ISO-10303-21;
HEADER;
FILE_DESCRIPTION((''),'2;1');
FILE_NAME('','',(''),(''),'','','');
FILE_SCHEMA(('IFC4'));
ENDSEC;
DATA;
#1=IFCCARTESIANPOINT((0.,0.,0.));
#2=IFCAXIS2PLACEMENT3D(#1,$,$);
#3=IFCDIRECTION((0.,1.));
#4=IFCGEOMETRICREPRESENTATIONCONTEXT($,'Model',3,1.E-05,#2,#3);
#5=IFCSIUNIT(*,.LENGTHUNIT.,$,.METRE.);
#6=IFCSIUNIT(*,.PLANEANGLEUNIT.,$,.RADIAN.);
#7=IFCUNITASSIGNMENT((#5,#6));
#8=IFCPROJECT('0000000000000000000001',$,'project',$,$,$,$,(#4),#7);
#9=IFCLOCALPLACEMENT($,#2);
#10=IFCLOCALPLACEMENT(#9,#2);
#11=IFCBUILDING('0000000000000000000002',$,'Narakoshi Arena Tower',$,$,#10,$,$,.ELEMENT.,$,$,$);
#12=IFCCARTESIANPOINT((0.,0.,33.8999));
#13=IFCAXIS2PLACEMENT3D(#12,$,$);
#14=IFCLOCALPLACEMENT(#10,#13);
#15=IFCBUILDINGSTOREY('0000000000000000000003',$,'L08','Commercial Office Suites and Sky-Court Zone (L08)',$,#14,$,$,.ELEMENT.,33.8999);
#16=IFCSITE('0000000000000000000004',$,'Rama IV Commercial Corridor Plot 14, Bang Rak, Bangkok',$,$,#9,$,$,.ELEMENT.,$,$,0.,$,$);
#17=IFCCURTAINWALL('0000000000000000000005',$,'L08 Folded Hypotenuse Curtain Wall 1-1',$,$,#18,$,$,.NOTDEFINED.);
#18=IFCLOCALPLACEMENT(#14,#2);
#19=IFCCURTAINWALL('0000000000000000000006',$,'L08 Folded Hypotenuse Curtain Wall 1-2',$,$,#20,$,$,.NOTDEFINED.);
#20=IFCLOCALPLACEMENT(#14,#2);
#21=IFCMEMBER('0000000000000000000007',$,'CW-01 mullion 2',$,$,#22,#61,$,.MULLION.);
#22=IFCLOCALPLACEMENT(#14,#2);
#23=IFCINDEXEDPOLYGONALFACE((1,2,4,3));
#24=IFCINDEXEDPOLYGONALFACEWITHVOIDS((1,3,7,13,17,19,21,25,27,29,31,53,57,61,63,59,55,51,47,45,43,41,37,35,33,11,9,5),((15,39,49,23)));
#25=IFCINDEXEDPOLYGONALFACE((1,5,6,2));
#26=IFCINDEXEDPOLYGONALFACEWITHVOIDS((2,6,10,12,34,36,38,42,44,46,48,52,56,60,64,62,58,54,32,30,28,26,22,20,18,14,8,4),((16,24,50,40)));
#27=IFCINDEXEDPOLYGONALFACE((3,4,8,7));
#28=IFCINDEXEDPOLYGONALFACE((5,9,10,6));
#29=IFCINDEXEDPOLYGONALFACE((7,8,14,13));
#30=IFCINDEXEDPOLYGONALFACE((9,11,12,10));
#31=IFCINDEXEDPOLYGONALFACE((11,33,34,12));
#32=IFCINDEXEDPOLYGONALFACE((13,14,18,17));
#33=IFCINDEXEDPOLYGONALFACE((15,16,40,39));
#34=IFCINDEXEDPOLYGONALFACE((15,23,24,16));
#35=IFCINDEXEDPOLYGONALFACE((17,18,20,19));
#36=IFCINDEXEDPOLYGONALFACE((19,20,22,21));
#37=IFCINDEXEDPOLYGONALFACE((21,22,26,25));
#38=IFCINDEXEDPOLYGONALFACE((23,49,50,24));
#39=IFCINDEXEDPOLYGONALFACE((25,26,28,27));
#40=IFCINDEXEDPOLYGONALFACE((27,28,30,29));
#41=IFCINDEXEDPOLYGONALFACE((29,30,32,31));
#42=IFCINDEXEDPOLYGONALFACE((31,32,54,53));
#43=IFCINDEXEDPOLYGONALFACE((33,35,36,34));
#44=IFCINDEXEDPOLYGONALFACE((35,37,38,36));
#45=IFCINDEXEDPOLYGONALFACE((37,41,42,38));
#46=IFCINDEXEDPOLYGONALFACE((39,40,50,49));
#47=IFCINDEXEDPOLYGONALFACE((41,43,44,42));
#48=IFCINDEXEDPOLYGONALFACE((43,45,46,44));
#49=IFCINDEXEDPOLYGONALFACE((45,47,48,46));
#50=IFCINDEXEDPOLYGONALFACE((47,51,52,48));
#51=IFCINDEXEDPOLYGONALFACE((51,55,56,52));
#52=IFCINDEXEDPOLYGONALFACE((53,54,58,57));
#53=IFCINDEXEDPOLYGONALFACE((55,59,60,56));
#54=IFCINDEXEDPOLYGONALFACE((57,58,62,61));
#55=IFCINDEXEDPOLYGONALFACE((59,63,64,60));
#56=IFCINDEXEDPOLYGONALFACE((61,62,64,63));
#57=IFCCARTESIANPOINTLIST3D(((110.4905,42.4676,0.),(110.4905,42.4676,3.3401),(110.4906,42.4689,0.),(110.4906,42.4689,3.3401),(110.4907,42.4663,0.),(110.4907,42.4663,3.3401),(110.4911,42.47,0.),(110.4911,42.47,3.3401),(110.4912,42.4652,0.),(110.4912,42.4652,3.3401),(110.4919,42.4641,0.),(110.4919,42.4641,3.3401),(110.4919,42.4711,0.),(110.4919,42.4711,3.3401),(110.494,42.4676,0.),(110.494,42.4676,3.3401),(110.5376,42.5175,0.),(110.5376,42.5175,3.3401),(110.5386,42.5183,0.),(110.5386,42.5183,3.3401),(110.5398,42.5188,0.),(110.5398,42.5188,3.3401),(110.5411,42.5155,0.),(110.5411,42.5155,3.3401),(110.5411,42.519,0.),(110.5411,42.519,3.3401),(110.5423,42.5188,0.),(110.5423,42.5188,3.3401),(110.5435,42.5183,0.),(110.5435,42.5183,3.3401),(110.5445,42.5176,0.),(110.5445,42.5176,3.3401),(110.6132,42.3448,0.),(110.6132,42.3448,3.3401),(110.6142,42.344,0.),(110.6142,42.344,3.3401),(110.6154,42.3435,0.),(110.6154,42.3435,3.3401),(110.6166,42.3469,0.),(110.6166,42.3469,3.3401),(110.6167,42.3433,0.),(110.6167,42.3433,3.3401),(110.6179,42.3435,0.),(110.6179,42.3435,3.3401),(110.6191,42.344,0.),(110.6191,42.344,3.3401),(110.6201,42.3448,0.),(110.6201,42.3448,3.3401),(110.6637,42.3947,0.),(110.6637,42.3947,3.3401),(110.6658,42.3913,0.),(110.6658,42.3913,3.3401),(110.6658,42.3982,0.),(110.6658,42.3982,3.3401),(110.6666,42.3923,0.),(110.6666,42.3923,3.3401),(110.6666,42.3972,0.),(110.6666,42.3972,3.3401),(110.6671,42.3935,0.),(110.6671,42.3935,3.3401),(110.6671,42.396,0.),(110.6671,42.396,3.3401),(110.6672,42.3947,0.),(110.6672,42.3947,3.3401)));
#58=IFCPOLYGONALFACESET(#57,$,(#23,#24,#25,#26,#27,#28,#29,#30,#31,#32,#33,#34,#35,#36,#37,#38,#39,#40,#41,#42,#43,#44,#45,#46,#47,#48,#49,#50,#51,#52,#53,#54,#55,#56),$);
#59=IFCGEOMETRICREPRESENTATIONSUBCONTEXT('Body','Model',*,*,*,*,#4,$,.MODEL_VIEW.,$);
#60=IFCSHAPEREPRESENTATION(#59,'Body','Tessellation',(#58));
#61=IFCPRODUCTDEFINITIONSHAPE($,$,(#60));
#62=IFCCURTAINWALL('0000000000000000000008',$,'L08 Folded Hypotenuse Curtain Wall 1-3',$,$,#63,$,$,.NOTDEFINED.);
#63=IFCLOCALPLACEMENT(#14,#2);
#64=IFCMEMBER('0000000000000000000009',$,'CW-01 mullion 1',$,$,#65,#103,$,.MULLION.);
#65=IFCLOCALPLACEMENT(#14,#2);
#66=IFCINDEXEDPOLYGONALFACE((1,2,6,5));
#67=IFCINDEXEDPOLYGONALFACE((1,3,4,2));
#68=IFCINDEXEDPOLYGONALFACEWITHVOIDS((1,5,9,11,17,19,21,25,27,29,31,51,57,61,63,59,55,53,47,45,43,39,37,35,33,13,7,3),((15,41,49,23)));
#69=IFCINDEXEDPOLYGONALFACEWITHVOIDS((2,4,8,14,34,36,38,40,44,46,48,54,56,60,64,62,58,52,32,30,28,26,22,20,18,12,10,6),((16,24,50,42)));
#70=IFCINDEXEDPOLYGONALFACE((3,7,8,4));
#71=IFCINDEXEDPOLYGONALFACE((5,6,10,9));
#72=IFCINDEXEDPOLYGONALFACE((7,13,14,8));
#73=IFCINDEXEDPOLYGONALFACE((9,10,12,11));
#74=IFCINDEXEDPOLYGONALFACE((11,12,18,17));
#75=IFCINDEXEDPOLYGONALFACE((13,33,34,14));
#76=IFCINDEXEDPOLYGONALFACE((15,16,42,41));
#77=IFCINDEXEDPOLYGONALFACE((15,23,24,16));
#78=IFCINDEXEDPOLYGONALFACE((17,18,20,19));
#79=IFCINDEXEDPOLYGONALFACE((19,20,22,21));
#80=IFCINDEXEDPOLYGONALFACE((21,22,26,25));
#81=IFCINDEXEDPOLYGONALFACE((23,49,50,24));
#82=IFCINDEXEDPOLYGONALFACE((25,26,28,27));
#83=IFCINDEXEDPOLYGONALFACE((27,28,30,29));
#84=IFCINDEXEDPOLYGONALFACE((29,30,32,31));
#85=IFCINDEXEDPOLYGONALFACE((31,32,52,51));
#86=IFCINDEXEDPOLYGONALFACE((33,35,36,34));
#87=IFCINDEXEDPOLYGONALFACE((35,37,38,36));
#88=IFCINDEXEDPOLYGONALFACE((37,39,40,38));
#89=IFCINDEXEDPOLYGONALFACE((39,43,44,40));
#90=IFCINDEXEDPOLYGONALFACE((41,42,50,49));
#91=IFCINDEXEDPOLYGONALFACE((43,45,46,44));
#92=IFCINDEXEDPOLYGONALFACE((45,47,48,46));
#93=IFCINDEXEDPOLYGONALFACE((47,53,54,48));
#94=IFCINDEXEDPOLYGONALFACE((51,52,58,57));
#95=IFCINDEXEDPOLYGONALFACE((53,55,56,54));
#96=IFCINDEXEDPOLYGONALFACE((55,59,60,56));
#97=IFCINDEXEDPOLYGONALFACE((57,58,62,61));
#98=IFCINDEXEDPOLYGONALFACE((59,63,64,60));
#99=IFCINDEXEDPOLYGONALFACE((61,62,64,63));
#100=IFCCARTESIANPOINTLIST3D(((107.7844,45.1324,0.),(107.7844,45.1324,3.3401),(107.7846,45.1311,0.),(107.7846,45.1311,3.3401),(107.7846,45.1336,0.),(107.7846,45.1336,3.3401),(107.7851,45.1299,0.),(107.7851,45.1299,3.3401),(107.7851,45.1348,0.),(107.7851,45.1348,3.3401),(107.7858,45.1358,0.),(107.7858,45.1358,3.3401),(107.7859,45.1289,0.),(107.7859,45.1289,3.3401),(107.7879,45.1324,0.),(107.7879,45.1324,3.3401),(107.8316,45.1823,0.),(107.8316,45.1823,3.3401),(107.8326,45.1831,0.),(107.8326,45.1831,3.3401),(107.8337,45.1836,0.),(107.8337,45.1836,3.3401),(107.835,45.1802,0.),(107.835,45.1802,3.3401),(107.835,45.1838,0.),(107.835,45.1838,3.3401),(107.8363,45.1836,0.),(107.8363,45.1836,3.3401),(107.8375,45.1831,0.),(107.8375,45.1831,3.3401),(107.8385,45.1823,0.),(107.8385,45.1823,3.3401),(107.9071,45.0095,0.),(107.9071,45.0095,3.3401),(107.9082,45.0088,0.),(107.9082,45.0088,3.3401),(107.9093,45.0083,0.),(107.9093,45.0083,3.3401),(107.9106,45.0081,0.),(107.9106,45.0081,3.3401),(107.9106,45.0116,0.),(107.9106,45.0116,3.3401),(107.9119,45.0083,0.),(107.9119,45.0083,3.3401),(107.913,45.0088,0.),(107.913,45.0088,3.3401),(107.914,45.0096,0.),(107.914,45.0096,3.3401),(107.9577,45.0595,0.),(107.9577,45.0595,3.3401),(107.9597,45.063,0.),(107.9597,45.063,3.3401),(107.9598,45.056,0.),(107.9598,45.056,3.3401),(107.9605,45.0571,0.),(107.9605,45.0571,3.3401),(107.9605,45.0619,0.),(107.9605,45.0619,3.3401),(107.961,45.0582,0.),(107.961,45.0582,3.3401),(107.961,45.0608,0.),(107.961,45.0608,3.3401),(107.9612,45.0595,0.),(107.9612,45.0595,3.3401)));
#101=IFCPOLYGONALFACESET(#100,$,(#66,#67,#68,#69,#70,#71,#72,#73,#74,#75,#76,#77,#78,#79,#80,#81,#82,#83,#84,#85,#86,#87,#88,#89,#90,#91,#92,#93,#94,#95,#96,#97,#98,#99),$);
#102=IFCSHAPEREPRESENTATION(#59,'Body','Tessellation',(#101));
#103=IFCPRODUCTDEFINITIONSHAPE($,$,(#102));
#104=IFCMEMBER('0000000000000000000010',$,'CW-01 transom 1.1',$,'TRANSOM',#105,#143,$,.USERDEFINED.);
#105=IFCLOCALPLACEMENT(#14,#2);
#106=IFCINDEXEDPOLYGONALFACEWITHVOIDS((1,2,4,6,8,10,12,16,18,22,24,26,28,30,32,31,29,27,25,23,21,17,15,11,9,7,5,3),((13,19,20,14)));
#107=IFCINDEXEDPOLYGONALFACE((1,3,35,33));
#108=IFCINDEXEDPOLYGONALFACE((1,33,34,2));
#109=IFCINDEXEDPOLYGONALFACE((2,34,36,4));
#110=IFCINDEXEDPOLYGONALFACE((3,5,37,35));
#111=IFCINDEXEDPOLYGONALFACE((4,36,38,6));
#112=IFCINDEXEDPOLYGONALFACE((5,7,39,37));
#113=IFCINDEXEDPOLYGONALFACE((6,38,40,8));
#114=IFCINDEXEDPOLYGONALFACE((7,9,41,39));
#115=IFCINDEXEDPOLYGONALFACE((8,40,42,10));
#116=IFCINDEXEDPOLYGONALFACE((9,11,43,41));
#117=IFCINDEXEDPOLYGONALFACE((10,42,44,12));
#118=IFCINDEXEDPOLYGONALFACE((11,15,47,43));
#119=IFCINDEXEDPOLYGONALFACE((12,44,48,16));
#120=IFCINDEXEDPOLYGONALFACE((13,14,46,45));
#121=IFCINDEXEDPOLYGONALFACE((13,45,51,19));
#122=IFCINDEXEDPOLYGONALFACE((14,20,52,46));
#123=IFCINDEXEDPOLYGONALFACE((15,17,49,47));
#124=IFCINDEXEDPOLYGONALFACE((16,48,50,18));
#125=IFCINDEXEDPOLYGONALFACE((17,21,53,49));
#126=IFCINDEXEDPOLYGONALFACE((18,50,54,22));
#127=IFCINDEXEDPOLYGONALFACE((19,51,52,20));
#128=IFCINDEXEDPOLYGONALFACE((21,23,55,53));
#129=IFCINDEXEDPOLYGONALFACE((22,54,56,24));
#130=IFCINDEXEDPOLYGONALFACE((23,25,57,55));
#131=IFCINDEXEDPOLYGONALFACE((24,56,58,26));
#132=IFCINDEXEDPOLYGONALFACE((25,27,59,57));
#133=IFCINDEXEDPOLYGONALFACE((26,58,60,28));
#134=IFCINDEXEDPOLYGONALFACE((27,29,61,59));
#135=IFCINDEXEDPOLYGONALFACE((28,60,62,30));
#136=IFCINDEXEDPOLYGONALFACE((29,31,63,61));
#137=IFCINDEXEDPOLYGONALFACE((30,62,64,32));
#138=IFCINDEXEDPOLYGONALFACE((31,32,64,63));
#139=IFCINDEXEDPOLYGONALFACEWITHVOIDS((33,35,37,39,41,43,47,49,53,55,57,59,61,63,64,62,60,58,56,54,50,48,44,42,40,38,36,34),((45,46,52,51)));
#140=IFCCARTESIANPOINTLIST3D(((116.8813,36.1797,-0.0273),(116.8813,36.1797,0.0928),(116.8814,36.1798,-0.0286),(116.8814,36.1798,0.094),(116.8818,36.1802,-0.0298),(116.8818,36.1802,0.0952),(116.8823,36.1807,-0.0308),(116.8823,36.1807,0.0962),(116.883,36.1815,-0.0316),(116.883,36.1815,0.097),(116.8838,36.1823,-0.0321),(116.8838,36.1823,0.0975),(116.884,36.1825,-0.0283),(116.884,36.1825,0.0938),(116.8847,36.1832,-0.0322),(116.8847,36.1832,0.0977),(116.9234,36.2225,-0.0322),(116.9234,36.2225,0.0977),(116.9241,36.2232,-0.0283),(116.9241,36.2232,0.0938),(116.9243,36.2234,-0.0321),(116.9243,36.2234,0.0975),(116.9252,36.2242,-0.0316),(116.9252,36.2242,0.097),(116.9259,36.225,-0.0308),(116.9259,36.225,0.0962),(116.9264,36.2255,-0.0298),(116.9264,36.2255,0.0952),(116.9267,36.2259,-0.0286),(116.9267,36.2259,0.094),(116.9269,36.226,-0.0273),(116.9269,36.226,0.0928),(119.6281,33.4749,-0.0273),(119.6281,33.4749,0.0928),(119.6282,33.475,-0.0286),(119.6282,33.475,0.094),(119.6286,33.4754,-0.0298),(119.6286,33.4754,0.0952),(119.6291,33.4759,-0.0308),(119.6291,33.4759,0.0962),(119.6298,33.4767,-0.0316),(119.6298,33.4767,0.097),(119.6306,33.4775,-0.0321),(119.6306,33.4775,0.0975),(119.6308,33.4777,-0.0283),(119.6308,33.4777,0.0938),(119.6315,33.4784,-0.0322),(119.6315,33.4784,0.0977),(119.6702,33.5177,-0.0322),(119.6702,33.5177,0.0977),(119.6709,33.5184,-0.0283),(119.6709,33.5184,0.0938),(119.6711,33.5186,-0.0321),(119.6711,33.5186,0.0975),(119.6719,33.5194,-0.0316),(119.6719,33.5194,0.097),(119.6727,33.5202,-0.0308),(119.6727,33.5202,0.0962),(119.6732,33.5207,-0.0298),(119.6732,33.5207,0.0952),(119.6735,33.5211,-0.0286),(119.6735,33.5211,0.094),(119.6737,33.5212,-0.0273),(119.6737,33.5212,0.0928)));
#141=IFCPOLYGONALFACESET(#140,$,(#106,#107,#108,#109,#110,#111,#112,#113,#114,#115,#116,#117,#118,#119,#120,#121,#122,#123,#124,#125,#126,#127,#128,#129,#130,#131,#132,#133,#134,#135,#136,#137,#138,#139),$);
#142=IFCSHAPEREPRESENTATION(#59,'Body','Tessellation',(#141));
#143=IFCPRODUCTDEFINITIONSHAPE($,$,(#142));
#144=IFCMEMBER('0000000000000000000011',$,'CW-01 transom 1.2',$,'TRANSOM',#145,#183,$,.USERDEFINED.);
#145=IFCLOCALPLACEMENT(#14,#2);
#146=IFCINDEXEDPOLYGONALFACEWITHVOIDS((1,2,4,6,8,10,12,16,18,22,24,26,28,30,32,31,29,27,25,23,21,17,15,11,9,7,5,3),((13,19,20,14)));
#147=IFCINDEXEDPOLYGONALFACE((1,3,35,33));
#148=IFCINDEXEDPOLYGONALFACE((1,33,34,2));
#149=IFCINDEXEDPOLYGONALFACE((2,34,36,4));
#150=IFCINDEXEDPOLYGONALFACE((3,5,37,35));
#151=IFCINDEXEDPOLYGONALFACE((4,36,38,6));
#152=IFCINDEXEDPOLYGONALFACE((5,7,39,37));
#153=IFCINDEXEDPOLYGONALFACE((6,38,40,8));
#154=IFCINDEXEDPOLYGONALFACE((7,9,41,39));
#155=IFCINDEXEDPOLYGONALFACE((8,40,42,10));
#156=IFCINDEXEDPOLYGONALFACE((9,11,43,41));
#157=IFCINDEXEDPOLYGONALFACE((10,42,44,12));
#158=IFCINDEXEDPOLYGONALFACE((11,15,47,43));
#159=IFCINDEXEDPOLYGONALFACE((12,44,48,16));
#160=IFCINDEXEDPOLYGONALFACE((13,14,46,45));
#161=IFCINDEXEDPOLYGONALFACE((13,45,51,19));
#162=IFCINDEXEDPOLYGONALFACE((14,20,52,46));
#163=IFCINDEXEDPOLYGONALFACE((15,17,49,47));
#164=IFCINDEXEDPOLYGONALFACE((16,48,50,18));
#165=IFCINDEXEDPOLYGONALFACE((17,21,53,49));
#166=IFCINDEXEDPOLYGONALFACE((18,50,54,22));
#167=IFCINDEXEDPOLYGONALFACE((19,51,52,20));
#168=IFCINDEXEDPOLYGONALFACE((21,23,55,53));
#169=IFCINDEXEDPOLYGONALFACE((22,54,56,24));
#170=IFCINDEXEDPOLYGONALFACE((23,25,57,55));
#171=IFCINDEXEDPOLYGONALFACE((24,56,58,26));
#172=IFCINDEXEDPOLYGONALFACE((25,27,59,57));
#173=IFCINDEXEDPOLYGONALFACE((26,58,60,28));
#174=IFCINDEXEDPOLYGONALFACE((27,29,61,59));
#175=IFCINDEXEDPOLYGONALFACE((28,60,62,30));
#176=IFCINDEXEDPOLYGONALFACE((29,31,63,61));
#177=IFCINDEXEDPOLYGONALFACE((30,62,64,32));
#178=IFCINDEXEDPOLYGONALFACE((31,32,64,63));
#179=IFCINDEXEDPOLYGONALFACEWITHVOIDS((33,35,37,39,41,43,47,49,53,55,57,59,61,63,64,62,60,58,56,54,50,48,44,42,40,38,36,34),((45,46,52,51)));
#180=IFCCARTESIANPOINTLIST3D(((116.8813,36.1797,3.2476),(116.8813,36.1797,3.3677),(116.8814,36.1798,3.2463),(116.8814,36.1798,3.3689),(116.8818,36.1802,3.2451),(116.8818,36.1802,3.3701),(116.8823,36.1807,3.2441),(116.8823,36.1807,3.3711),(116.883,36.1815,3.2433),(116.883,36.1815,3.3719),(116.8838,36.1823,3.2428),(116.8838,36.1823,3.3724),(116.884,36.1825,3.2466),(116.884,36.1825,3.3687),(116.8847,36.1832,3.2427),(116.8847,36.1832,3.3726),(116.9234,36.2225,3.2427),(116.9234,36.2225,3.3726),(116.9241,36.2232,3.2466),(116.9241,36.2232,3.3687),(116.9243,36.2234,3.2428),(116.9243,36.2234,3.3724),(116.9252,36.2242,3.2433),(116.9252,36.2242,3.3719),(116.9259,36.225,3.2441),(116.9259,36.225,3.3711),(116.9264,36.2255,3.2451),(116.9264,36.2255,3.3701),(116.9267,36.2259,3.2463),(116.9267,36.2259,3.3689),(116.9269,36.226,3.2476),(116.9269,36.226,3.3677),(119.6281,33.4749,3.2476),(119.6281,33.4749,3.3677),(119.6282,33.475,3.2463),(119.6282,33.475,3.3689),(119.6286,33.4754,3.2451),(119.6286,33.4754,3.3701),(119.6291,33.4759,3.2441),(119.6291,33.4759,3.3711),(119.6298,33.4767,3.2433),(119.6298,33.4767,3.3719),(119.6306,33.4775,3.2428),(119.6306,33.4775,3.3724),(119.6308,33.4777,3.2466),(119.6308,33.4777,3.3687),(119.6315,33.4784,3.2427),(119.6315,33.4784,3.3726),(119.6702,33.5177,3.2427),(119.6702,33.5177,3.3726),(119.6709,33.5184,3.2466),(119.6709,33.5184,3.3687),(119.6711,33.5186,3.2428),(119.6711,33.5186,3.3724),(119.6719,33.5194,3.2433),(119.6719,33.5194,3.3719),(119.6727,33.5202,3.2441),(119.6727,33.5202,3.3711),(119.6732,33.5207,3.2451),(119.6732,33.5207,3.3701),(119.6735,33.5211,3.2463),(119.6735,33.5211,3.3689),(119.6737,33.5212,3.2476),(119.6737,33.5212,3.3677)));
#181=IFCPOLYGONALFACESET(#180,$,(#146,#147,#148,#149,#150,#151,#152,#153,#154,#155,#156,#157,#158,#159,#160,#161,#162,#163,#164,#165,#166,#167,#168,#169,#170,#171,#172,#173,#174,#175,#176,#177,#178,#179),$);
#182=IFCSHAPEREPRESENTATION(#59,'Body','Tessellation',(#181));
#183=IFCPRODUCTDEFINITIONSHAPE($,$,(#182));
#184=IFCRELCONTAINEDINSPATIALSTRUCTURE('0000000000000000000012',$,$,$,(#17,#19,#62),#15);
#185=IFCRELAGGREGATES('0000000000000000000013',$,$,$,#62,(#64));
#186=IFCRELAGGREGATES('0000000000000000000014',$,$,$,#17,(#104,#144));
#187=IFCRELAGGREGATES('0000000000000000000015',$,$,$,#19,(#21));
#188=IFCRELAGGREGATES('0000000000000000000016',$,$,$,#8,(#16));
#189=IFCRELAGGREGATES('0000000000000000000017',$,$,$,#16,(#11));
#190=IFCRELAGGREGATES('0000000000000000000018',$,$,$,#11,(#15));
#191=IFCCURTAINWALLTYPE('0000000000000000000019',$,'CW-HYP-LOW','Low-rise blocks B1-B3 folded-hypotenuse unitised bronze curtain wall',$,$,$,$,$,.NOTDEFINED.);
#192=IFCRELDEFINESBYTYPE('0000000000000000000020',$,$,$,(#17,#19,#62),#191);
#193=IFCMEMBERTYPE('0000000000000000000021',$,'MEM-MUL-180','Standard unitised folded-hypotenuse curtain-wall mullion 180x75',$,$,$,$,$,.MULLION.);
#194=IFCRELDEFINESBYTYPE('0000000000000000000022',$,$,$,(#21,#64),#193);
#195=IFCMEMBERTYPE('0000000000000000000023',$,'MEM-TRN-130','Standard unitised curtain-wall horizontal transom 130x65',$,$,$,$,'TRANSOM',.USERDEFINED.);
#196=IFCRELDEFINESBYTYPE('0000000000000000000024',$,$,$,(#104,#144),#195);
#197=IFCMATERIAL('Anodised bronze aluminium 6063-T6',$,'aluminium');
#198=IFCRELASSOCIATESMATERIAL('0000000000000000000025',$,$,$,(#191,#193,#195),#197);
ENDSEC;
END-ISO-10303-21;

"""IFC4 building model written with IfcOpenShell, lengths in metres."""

from ifc_helpers import new_model, si_unit, direction, frame, origin, origin_2d, place, context, subcontext, project, spatial, hollow_rectangle, extrude, material, material_profile, profile_set, type_object, element, aggregate, save


model = new_model("IFC4")

# Units and contexts
model_context = context("Model", 3, precision=1e-05, world=origin(), true_north=direction((0.0, 1.0)))
body_context = subcontext(model_context, "Body", "Model", "MODEL_VIEW")
ifc_project = project(units=[si_unit("LENGTHUNIT", "METRE"), si_unit("PLANEANGLEUNIT", "RADIAN")], contexts=[model_context])

# Site, building, storey
site_placement = place(None, origin())
site = spatial("IfcSite", under=ifc_project, at=site_placement, Name="Rama IV Commercial Corridor Plot 14, Bang Rak, Bangkok", CompositionType="ELEMENT", RefElevation=0.0)
building_placement = place(site_placement, origin())
building = spatial("IfcBuilding", under=site, at=building_placement, Name="Narakoshi Arena Tower", CompositionType="ELEMENT")
storey_placement = place(building_placement, frame((0.0, 0.0, 33.8999)))
storey = spatial("IfcBuildingStorey", under=building, at=storey_placement, Name="L08", Description="Commercial Office Suites and Sky-Court Zone (L08)", CompositionType="ELEMENT", Elevation=33.8999)

# Curtain walls, member
ifc_material_1 = material(Name="Anodised bronze aluminium 6063-T6", Category="aluminium")
curtain_wall_type = type_object("IfcCurtainWallType", Name="CW-HYP-LOW", Description="Low-rise blocks B1-B3 folded-hypotenuse unitised bronze curtain wall", PredefinedType="NOTDEFINED", material=ifc_material_1)
curtain_wall_1_placement = place(storey_placement, origin())
curtain_wall_1 = element("IfcCurtainWall", 1, at=curtain_wall_1_placement, inside=storey, type_object=curtain_wall_type, Name="L08 Folded Hypotenuse Curtain Wall 1-1", PredefinedType="NOTDEFINED")
ifc_material_profile_1 = material_profile(ifc_material_1, hollow_rectangle(XDim=0.075, YDim=0.1799, WallThickness=0.0039, OuterFilletRadius=0.0049, at=origin_2d()), Name="MUL180x75x4")
ifc_profile_set_1 = profile_set([ifc_material_profile_1], Name="Anodised bronze aluminium 6063-T6")
member_type_1 = type_object("IfcMemberType", Name="MEM-MUL-180", Description="Standard unitised folded-hypotenuse curtain-wall mullion 180x75", PredefinedType="MULLION", material=ifc_profile_set_1)
curtain_wall_2_placement = place(storey_placement, origin())
curtain_wall_2 = element("IfcCurtainWall", 2, at=curtain_wall_2_placement, inside=storey, type_object=curtain_wall_type, Name="L08 Folded Hypotenuse Curtain Wall 1-2", PredefinedType="NOTDEFINED")
member_1_placement = place(storey_placement, frame((110.5789, 42.4312, 0.0), z_axis=(0.0, 0.0, 1.0), x_axis=(-0.701623, -0.712548, 0.0)))
member_1 = element("IfcMember", 3, at=member_1_placement, type_object=member_type_1, Name="CW-01 mullion 2", PredefinedType="MULLION", context=body_context, shape_type="SweptSolid", body=[
    extrude(hollow_rectangle(XDim=0.075, YDim=0.1799, WallThickness=0.0039, OuterFilletRadius=0.0049, at=origin_2d()), origin(), (0.0, 0.0, 1.0), 3.3401),
])

# Curtain wall, member
curtain_wall_3_placement = place(storey_placement, origin())
curtain_wall_3 = element("IfcCurtainWall", 4, at=curtain_wall_3_placement, inside=storey, type_object=curtain_wall_type, Name="L08 Folded Hypotenuse Curtain Wall 1-3", PredefinedType="NOTDEFINED")
member_2_placement = place(storey_placement, frame((107.8728, 45.0959, 0.0), z_axis=(0.0, 0.0, 1.0), x_axis=(-0.701633, -0.712539, 0.0)))
member_2 = element("IfcMember", 5, at=member_2_placement, type_object=member_type_1, Name="CW-01 mullion 1", PredefinedType="MULLION", context=body_context, shape_type="SweptSolid", body=[
    extrude(hollow_rectangle(XDim=0.075, YDim=0.1799, WallThickness=0.0039, OuterFilletRadius=0.0049, at=origin_2d()), origin(), (0.0, 0.0, 1.0), 3.3401),
])
aggregate(curtain_wall_3, [member_2])

# Members
ifc_material_profile_2 = material_profile(ifc_material_1, hollow_rectangle(XDim=0.0649, YDim=0.1299, WallThickness=0.0039, OuterFilletRadius=0.0049, at=origin_2d()), Name="TRN130x65x4")
ifc_profile_set_2 = profile_set([ifc_material_profile_2], Name="Anodised bronze aluminium 6063-T6")
member_type_2 = type_object("IfcMemberType", Name="MEM-TRN-130", Description="Standard unitised curtain-wall horizontal transom 130x65", ElementType="TRANSOM", PredefinedType="USERDEFINED", material=ifc_profile_set_2)
member_3_placement = place(storey_placement, frame((119.6509, 33.498, 0.0327), z_axis=(-0.712532, 0.701639, 0.0), x_axis=(-0.701639, -0.712532, 0.0)))
member_3 = element("IfcMember", 6, at=member_3_placement, type_object=member_type_2, Name="CW-01 transom 1.1", ObjectType="TRANSOM", PredefinedType="USERDEFINED", context=body_context, shape_type="SweptSolid", body=[
    extrude(hollow_rectangle(XDim=0.0649, YDim=0.1299, WallThickness=0.0039, OuterFilletRadius=0.0049, at=origin_2d()), origin(), (0.0, 0.0, 1.0), 3.855),
])
member_4_placement = place(storey_placement, frame((119.6509, 33.498, 3.3076), z_axis=(-0.712532, 0.701639, 0.0), x_axis=(-0.701639, -0.712532, 0.0)))
member_4 = element("IfcMember", 7, at=member_4_placement, type_object=member_type_2, Name="CW-01 transom 1.2", ObjectType="TRANSOM", PredefinedType="USERDEFINED", context=body_context, shape_type="SweptSolid", body=[
    extrude(hollow_rectangle(XDim=0.0649, YDim=0.1299, WallThickness=0.0039, OuterFilletRadius=0.0049, at=origin_2d()), origin(), (0.0, 0.0, 1.0), 3.855),
])

aggregate(curtain_wall_1, [member_3, member_4])
aggregate(curtain_wall_2, [member_1])

save(model, "model.ifc")
